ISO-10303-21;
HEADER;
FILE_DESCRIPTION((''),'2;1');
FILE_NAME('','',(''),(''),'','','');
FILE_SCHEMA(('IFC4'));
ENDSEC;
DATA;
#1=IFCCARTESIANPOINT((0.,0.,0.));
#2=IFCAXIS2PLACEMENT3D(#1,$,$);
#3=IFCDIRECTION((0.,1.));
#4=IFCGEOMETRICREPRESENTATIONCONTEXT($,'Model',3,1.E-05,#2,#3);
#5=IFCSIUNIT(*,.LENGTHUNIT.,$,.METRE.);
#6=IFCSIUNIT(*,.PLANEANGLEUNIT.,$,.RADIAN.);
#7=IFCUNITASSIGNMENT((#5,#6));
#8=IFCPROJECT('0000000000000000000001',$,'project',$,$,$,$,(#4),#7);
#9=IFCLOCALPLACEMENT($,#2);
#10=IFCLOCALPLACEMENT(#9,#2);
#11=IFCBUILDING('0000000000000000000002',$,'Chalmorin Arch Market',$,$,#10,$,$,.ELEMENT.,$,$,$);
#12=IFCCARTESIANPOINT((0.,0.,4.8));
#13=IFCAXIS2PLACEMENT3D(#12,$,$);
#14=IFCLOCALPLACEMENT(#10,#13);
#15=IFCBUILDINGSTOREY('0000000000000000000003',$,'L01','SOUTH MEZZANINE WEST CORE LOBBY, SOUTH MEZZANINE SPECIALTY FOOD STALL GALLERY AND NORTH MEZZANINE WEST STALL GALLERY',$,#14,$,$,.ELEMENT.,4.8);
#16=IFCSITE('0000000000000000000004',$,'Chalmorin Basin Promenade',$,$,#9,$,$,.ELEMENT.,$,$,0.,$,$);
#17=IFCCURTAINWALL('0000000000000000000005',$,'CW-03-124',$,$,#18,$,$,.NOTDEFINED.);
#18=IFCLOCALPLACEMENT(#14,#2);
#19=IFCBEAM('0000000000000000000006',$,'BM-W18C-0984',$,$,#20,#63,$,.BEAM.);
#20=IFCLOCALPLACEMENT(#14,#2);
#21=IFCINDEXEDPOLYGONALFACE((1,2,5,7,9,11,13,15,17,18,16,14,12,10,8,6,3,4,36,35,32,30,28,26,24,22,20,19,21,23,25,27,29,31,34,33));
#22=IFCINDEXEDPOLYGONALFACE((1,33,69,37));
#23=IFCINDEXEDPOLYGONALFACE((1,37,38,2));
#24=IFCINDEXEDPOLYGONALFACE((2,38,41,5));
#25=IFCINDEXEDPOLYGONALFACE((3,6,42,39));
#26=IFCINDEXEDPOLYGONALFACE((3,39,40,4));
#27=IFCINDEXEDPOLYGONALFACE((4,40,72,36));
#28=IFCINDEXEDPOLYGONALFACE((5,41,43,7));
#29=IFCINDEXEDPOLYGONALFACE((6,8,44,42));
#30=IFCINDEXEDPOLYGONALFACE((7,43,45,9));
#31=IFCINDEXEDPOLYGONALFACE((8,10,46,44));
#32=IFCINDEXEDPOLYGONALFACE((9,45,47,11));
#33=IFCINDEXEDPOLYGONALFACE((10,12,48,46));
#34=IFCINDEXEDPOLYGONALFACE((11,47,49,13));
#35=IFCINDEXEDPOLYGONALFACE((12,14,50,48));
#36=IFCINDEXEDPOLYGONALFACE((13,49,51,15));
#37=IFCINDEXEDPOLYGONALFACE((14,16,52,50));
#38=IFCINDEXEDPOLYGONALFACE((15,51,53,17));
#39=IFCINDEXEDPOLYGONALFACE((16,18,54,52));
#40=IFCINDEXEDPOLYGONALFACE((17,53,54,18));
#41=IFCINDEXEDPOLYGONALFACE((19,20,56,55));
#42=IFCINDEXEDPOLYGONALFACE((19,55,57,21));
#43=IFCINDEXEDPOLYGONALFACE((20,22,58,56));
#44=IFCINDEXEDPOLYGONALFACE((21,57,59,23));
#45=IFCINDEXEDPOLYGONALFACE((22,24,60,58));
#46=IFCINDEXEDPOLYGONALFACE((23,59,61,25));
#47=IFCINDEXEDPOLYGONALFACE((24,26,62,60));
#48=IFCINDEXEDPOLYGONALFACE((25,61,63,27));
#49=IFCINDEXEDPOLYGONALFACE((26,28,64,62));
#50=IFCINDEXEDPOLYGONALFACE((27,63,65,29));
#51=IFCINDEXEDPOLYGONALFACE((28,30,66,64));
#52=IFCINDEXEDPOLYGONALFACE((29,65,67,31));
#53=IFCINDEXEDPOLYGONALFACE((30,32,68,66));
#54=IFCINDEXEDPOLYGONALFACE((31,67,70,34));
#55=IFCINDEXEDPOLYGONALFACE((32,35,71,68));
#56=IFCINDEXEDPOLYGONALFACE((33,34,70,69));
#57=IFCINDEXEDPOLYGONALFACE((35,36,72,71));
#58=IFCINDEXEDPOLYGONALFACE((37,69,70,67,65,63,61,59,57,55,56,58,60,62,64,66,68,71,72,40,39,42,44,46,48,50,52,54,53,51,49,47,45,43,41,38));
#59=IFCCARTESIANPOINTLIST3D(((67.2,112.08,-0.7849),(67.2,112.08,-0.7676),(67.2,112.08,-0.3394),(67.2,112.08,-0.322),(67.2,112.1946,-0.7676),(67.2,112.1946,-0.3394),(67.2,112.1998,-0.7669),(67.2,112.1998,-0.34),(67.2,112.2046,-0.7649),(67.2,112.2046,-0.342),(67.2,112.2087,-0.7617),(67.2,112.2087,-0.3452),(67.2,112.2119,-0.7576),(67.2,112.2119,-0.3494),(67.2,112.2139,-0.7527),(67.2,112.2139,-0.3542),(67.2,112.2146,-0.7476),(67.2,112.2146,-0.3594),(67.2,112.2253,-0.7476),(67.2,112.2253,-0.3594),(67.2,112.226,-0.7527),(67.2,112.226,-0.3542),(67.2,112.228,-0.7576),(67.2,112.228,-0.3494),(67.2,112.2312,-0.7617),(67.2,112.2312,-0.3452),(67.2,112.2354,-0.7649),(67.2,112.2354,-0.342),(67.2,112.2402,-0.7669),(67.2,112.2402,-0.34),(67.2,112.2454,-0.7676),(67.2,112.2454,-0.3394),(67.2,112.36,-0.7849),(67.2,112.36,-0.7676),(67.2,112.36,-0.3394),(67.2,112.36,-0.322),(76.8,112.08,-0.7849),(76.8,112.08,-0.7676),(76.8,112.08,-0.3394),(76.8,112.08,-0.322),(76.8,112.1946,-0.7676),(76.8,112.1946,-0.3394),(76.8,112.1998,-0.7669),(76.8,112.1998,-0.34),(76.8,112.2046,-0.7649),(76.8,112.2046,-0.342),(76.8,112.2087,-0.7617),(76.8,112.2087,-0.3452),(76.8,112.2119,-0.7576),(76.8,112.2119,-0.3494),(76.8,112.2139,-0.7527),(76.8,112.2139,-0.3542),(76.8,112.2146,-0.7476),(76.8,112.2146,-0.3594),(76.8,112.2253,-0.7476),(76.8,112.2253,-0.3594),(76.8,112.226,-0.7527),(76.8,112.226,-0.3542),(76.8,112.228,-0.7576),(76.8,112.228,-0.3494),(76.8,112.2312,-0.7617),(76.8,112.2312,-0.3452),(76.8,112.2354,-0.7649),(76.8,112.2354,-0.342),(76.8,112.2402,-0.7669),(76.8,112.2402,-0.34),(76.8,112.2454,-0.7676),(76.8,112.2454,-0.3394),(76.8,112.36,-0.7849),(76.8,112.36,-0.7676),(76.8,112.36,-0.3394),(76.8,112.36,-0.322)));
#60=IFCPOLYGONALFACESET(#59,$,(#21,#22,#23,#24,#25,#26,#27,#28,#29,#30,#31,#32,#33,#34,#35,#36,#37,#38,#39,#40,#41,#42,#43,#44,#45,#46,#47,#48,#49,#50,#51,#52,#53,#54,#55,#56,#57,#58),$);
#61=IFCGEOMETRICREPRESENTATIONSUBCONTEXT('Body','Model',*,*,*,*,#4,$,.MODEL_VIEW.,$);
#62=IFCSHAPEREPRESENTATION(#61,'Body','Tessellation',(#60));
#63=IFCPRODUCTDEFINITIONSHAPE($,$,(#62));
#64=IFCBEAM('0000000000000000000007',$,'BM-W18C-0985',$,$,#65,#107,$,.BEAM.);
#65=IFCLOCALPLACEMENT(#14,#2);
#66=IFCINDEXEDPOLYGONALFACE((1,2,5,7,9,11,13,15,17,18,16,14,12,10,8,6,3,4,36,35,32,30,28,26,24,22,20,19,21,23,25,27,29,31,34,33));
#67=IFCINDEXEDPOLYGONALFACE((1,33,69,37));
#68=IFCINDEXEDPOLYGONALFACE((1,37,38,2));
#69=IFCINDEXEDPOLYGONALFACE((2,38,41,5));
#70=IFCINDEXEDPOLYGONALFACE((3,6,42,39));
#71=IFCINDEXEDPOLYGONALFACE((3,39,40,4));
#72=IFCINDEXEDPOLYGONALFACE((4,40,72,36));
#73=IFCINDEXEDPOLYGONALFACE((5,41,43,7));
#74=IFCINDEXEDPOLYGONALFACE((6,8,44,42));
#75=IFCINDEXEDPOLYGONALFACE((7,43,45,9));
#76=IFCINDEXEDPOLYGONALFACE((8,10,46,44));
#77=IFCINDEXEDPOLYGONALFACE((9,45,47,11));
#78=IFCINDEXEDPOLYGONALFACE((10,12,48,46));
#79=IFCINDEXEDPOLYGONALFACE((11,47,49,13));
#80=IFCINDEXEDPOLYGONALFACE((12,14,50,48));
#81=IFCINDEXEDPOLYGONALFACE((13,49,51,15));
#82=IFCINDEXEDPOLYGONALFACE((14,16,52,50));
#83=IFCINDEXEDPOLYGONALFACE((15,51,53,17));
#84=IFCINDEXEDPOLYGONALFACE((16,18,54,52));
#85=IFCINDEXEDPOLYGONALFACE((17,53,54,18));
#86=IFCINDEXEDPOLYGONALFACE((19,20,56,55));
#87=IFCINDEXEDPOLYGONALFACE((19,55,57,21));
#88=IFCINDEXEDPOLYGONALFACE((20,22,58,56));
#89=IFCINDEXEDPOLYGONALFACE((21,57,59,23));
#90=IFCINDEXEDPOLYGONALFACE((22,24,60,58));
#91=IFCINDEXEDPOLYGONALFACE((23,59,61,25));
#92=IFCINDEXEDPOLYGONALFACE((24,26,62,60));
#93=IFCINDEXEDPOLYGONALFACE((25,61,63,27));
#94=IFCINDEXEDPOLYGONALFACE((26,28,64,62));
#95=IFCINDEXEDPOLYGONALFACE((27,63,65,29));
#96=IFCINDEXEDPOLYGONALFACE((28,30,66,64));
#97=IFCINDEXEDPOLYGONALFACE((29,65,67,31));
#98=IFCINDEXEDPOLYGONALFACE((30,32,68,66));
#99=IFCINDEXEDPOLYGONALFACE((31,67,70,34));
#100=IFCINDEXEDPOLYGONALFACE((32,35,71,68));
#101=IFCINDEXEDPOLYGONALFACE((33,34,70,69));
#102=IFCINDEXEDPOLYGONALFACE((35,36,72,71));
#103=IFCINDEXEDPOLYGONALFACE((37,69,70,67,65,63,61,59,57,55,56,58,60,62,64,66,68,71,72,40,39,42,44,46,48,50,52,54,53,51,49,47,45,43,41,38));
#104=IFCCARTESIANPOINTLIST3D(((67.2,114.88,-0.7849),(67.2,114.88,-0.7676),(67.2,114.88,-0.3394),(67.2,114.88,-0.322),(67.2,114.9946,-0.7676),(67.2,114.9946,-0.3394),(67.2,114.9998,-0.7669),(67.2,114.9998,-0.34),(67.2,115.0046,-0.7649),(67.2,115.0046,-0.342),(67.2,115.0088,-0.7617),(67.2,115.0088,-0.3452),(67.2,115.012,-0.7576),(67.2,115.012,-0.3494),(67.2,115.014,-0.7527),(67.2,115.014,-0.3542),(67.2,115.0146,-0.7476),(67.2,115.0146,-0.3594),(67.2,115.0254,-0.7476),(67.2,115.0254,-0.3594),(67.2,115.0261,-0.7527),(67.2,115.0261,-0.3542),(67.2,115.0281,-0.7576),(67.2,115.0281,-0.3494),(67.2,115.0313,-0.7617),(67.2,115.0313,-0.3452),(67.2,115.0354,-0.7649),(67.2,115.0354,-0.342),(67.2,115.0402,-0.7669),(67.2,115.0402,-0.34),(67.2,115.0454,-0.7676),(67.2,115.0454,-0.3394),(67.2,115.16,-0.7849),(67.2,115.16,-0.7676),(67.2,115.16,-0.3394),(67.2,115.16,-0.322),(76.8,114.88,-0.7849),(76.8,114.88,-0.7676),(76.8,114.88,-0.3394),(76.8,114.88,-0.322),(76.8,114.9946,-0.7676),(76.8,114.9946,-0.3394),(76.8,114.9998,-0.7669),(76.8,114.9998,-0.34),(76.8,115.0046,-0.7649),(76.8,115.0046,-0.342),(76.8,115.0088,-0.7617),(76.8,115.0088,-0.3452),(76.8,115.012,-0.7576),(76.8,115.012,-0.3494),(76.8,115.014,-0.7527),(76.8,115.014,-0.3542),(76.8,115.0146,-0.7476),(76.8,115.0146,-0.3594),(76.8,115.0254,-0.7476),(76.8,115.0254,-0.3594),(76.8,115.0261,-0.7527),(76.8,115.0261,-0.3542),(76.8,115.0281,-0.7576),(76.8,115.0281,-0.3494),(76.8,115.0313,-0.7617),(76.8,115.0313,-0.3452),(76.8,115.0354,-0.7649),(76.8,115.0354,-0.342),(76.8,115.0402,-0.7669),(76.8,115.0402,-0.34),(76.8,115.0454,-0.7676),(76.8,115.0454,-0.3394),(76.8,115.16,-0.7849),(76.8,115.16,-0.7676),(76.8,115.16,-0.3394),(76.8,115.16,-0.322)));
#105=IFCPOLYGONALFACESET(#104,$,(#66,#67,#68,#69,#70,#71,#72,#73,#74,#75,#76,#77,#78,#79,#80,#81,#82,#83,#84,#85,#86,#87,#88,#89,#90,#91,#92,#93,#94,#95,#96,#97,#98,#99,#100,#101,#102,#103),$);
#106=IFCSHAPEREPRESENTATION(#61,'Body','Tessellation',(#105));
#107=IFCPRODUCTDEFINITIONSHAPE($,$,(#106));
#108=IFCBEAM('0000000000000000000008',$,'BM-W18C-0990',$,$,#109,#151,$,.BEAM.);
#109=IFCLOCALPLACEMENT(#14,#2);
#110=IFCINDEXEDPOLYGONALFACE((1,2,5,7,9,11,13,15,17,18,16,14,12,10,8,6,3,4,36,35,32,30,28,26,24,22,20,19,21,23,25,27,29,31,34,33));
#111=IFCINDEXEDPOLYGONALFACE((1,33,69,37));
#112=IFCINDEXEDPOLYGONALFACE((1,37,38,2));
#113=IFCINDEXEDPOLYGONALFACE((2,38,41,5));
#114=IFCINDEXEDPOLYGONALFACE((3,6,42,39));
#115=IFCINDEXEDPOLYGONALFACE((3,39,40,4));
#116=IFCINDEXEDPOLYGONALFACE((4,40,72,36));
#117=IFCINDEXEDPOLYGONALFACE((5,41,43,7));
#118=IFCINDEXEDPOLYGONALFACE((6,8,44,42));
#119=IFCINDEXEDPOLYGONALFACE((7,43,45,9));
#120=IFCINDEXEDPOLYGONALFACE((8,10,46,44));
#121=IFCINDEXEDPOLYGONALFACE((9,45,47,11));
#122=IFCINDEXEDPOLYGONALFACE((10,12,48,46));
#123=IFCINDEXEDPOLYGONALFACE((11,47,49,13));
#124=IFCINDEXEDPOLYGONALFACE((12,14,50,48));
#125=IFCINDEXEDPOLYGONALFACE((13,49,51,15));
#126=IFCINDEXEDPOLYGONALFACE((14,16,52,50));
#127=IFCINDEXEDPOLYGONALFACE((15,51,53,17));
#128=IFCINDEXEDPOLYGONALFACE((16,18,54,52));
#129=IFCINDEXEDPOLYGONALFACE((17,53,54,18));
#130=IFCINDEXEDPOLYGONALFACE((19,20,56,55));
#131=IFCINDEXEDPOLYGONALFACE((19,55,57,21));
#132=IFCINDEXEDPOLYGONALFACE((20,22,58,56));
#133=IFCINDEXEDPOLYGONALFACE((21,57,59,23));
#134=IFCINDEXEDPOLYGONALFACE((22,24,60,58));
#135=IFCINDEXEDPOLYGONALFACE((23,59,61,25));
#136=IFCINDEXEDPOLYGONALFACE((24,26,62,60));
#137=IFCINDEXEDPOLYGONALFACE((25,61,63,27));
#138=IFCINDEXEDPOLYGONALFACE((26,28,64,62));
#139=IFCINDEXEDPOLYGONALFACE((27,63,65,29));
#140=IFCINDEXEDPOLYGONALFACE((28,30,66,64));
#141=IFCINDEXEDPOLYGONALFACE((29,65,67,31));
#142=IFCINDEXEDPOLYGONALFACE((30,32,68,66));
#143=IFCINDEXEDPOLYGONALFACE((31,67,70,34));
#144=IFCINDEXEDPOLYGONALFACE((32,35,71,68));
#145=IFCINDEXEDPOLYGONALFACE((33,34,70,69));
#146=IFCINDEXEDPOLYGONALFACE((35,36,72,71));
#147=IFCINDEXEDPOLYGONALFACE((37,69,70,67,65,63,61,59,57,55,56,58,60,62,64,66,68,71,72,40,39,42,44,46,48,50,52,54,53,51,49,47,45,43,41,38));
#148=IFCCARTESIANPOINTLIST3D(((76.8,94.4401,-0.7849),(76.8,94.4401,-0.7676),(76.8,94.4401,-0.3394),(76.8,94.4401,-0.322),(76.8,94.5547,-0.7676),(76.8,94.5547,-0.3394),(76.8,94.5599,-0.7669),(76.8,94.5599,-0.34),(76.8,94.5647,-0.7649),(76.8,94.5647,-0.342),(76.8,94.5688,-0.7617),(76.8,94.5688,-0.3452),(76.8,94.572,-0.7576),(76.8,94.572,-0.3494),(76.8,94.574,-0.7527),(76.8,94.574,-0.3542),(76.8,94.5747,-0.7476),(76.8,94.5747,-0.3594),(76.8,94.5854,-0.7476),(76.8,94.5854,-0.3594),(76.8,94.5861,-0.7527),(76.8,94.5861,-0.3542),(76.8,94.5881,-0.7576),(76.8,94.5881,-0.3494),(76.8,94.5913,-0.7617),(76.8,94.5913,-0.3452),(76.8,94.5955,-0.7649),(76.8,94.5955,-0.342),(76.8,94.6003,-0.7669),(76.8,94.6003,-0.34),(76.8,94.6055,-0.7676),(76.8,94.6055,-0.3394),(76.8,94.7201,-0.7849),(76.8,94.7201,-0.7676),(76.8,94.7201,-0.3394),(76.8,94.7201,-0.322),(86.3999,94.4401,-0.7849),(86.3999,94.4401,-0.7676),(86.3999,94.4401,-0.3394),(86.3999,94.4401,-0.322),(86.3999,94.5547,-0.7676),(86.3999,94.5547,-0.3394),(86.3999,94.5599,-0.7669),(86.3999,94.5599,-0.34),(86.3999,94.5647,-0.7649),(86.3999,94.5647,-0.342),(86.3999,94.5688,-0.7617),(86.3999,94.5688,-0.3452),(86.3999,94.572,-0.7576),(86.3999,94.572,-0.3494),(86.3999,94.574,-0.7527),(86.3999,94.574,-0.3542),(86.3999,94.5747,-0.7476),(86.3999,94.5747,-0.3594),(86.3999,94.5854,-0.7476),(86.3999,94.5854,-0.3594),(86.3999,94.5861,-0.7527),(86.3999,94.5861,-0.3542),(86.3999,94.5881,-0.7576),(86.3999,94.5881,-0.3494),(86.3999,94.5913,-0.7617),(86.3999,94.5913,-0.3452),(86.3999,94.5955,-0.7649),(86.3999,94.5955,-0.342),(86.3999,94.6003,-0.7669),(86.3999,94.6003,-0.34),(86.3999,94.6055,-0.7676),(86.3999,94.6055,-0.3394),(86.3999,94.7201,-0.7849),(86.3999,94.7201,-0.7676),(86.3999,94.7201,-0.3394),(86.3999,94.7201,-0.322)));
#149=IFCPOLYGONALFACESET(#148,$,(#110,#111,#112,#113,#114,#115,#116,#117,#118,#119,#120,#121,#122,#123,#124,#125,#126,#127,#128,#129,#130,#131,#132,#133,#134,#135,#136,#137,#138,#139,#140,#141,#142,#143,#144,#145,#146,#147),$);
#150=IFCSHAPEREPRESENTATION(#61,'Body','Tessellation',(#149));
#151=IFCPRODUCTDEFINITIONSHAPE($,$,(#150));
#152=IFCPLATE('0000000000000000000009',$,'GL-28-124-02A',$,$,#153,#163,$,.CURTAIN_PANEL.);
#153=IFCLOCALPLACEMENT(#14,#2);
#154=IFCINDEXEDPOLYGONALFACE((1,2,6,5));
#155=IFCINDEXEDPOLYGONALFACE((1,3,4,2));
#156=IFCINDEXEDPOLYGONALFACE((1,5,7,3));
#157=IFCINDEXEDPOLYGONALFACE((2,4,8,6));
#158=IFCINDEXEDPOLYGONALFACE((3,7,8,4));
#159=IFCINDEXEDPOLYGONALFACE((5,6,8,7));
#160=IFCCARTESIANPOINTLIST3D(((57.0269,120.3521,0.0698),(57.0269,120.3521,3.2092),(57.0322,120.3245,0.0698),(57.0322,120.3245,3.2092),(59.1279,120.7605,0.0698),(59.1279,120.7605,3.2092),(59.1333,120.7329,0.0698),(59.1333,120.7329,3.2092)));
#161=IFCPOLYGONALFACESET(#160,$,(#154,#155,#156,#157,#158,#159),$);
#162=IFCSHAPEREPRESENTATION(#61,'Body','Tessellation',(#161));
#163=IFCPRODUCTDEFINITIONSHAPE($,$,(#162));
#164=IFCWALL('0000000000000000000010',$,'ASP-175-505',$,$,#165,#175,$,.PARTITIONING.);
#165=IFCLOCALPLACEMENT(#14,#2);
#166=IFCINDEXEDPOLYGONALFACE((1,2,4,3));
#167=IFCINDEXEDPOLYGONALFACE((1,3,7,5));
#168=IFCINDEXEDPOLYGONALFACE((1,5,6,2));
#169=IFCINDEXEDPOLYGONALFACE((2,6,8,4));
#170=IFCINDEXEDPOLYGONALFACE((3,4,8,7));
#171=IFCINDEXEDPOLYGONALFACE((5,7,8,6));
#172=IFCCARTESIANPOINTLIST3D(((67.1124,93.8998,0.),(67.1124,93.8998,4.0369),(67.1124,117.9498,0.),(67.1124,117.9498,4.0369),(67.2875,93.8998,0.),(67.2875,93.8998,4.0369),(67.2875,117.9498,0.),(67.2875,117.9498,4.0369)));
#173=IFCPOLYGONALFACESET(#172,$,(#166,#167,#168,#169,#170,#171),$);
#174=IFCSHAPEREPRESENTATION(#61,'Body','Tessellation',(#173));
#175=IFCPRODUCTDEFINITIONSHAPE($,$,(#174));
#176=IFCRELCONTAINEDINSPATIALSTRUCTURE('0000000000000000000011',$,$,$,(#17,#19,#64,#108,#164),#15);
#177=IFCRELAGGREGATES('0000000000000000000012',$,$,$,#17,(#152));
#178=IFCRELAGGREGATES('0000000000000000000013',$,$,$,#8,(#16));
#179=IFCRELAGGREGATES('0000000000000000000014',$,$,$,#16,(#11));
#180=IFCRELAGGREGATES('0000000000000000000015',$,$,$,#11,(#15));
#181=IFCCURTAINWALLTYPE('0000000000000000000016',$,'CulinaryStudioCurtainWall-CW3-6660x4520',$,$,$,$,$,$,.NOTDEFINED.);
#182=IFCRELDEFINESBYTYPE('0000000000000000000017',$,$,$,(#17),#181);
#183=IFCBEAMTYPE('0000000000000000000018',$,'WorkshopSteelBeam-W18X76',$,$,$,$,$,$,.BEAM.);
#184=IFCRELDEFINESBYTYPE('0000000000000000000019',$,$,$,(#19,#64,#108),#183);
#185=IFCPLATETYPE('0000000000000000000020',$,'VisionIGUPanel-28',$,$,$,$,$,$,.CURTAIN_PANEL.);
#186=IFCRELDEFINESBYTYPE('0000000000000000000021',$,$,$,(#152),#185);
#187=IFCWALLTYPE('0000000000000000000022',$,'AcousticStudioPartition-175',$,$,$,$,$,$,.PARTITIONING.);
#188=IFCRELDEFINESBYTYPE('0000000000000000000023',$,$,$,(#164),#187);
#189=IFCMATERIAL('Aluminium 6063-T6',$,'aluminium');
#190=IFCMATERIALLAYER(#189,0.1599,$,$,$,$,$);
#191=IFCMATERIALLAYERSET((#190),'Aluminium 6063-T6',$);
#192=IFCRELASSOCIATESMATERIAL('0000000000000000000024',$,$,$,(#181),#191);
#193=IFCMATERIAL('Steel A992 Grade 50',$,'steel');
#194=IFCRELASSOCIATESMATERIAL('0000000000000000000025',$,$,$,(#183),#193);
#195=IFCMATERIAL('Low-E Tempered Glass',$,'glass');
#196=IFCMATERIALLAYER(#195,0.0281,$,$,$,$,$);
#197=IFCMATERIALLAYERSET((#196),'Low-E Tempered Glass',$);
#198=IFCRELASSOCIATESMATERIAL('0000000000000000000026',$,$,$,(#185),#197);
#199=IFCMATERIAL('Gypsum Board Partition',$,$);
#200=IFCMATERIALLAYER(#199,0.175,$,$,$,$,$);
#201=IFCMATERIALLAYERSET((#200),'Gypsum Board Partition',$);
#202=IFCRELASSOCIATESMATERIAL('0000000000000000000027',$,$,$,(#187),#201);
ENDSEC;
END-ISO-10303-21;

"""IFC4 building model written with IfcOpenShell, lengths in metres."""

from ifc_helpers import new_model, si_unit, direction, frame, frame_2d, origin, origin_2d, place, context, subcontext, project, spatial, rectangle, i_section, extrude, material, layer, layer_set, material_profile, profile_set, type_object, element, aggregate, save


model = new_model("IFC4")

# Units and contexts
model_context = context("Model", 3, precision=1e-05, world=origin(), true_north=direction((0.0, 1.0)))
body_context = subcontext(model_context, "Body", "Model", "MODEL_VIEW")
ifc_project = project(units=[si_unit("LENGTHUNIT", "METRE"), si_unit("PLANEANGLEUNIT", "RADIAN")], contexts=[model_context])

# Site, building, storey
site_placement = place(None, origin())
site = spatial("IfcSite", under=ifc_project, at=site_placement, Name="Chalmorin Basin Promenade", CompositionType="ELEMENT", RefElevation=0.0)
building_placement = place(site_placement, origin())
building = spatial("IfcBuilding", under=site, at=building_placement, Name="Chalmorin Arch Market", CompositionType="ELEMENT")
storey_placement = place(building_placement, frame((0.0, 0.0, 4.8)))
storey = spatial("IfcBuildingStorey", under=building, at=storey_placement, Name="L01", Description="SOUTH MEZZANINE WEST CORE LOBBY, SOUTH MEZZANINE SPECIALTY FOOD STALL GALLERY AND NORTH MEZZANINE WEST STALL GALLERY", CompositionType="ELEMENT", Elevation=4.8)

# Curtain wall
ifc_material_1 = material(Name="Aluminium 6063-T6", Category="aluminium")
ifc_layer_1 = layer(ifc_material_1, 0.1599)
ifc_layer_set_1 = layer_set([ifc_layer_1], Name="Aluminium 6063-T6")
curtain_wall_type = type_object("IfcCurtainWallType", Name="CulinaryStudioCurtainWall-CW3-6660x4520", PredefinedType="NOTDEFINED", material=ifc_layer_set_1)
curtain_wall_placement = place(storey_placement, origin())
curtain_wall = element("IfcCurtainWall", 1, at=curtain_wall_placement, inside=storey, type_object=curtain_wall_type, Name="CW-03-124", PredefinedType="NOTDEFINED")

# Beams
ifc_material_2 = material(Name="Steel A992 Grade 50", Category="steel")
ifc_material_profile_1 = material_profile(ifc_material_2, i_section(OverallWidth=0.28, OverallDepth=0.4629, WebThickness=0.0107, FlangeThickness=0.0173, FilletRadius=0.02, at=origin_2d()), Name="W18X76")
ifc_profile_set_1 = profile_set([ifc_material_profile_1], Name="Steel A992 Grade 50")
beam_type_1 = type_object("IfcBeamType", Name="WorkshopSteelBeam-W18X76", PredefinedType="BEAM", material=ifc_profile_set_1)
for number, where, z_axis, x_axis, name in (
    (2, (67.2, 112.22, -0.5535), (1.0, 0.0, 0.0), (0.0, 1.0, 0.0), "BM-W18C-0984"),
    (3, (67.2, 115.02, -0.5535), (1.0, 0.0, 0.0), (0.0, 1.0, 0.0), "BM-W18C-0985"),
):
    element("IfcBeam", number, at=place(storey_placement, frame(where, z_axis=z_axis, x_axis=x_axis)), inside=storey, type_object=beam_type_1, Name=name, PredefinedType="BEAM", context=body_context, shape_type="SweptSolid", body=[
        extrude(i_section(OverallWidth=0.28, OverallDepth=0.4629, WebThickness=0.0107, FlangeThickness=0.0173, FilletRadius=0.02, at=origin_2d()), origin(), (0.0, 0.0, 1.0), 9.6001),
    ])
beam_1_placement = place(storey_placement, frame((76.8, 94.5801, -0.5535), z_axis=(1.0, 0.0, 0.0), x_axis=(0.0, 1.0, 0.0)))
element("IfcBeam", 4, at=beam_1_placement, inside=storey, type_object=beam_type_1, Name="BM-W18C-0990", PredefinedType="BEAM", context=body_context, shape_type="SweptSolid", body=[
    extrude(i_section(OverallWidth=0.28, OverallDepth=0.4629, WebThickness=0.0107, FlangeThickness=0.0173, FilletRadius=0.02, at=origin_2d()), origin(), (0.0, 0.0, 1.0), 9.5999),
])

# Plate
ifc_material_3 = material(Name="Low-E Tempered Glass", Category="glass")
ifc_layer_2 = layer(ifc_material_3, 0.0281)
ifc_layer_set_2 = layer_set([ifc_layer_2], Name="Low-E Tempered Glass")
plate_type = type_object("IfcPlateType", Name="VisionIGUPanel-28", PredefinedType="CURTAIN_PANEL", material=ifc_layer_set_2)
plate_placement = place(storey_placement, frame((58.0801, 120.5425, 0.0698), z_axis=(0.0, 0.0, 1.0), x_axis=(0.981627, 0.190809, 0.0)))
plate = element("IfcPlate", 5, at=plate_placement, type_object=plate_type, Name="GL-28-124-02A", PredefinedType="CURTAIN_PANEL", context=body_context, shape_type="SweptSolid", body=[
    extrude(rectangle(XDim=2.1404, YDim=0.0281, at=origin_2d()), origin(), (0.0, 0.0, 1.0), 3.1394),
])
aggregate(curtain_wall, [plate])

# Wall
ifc_material_4 = material(Name="Gypsum Board Partition")
ifc_layer_3 = layer(ifc_material_4, 0.175)
ifc_layer_set_3 = layer_set([ifc_layer_3], Name="Gypsum Board Partition")
wall_type_1 = type_object("IfcWallType", Name="AcousticStudioPartition-175", PredefinedType="PARTITIONING", material=ifc_layer_set_3)
wall_1_placement = place(storey_placement, frame((67.2, 93.8999, 0.0), z_axis=(0.0, 0.0, 1.0), x_axis=(0.0, 1.0, 0.0)))
element("IfcWall", 6, at=wall_1_placement, inside=storey, type_object=wall_type_1, Name="ASP-175-505", PredefinedType="PARTITIONING", context=body_context, shape_type="SweptSolid", body=[
    extrude(rectangle(XDim=24.05, YDim=0.175, at=frame_2d((12.0249, 0.0))), origin(), (0.0, 0.0, 1.0), 4.0369),
])

save(model, "model.ifc")
